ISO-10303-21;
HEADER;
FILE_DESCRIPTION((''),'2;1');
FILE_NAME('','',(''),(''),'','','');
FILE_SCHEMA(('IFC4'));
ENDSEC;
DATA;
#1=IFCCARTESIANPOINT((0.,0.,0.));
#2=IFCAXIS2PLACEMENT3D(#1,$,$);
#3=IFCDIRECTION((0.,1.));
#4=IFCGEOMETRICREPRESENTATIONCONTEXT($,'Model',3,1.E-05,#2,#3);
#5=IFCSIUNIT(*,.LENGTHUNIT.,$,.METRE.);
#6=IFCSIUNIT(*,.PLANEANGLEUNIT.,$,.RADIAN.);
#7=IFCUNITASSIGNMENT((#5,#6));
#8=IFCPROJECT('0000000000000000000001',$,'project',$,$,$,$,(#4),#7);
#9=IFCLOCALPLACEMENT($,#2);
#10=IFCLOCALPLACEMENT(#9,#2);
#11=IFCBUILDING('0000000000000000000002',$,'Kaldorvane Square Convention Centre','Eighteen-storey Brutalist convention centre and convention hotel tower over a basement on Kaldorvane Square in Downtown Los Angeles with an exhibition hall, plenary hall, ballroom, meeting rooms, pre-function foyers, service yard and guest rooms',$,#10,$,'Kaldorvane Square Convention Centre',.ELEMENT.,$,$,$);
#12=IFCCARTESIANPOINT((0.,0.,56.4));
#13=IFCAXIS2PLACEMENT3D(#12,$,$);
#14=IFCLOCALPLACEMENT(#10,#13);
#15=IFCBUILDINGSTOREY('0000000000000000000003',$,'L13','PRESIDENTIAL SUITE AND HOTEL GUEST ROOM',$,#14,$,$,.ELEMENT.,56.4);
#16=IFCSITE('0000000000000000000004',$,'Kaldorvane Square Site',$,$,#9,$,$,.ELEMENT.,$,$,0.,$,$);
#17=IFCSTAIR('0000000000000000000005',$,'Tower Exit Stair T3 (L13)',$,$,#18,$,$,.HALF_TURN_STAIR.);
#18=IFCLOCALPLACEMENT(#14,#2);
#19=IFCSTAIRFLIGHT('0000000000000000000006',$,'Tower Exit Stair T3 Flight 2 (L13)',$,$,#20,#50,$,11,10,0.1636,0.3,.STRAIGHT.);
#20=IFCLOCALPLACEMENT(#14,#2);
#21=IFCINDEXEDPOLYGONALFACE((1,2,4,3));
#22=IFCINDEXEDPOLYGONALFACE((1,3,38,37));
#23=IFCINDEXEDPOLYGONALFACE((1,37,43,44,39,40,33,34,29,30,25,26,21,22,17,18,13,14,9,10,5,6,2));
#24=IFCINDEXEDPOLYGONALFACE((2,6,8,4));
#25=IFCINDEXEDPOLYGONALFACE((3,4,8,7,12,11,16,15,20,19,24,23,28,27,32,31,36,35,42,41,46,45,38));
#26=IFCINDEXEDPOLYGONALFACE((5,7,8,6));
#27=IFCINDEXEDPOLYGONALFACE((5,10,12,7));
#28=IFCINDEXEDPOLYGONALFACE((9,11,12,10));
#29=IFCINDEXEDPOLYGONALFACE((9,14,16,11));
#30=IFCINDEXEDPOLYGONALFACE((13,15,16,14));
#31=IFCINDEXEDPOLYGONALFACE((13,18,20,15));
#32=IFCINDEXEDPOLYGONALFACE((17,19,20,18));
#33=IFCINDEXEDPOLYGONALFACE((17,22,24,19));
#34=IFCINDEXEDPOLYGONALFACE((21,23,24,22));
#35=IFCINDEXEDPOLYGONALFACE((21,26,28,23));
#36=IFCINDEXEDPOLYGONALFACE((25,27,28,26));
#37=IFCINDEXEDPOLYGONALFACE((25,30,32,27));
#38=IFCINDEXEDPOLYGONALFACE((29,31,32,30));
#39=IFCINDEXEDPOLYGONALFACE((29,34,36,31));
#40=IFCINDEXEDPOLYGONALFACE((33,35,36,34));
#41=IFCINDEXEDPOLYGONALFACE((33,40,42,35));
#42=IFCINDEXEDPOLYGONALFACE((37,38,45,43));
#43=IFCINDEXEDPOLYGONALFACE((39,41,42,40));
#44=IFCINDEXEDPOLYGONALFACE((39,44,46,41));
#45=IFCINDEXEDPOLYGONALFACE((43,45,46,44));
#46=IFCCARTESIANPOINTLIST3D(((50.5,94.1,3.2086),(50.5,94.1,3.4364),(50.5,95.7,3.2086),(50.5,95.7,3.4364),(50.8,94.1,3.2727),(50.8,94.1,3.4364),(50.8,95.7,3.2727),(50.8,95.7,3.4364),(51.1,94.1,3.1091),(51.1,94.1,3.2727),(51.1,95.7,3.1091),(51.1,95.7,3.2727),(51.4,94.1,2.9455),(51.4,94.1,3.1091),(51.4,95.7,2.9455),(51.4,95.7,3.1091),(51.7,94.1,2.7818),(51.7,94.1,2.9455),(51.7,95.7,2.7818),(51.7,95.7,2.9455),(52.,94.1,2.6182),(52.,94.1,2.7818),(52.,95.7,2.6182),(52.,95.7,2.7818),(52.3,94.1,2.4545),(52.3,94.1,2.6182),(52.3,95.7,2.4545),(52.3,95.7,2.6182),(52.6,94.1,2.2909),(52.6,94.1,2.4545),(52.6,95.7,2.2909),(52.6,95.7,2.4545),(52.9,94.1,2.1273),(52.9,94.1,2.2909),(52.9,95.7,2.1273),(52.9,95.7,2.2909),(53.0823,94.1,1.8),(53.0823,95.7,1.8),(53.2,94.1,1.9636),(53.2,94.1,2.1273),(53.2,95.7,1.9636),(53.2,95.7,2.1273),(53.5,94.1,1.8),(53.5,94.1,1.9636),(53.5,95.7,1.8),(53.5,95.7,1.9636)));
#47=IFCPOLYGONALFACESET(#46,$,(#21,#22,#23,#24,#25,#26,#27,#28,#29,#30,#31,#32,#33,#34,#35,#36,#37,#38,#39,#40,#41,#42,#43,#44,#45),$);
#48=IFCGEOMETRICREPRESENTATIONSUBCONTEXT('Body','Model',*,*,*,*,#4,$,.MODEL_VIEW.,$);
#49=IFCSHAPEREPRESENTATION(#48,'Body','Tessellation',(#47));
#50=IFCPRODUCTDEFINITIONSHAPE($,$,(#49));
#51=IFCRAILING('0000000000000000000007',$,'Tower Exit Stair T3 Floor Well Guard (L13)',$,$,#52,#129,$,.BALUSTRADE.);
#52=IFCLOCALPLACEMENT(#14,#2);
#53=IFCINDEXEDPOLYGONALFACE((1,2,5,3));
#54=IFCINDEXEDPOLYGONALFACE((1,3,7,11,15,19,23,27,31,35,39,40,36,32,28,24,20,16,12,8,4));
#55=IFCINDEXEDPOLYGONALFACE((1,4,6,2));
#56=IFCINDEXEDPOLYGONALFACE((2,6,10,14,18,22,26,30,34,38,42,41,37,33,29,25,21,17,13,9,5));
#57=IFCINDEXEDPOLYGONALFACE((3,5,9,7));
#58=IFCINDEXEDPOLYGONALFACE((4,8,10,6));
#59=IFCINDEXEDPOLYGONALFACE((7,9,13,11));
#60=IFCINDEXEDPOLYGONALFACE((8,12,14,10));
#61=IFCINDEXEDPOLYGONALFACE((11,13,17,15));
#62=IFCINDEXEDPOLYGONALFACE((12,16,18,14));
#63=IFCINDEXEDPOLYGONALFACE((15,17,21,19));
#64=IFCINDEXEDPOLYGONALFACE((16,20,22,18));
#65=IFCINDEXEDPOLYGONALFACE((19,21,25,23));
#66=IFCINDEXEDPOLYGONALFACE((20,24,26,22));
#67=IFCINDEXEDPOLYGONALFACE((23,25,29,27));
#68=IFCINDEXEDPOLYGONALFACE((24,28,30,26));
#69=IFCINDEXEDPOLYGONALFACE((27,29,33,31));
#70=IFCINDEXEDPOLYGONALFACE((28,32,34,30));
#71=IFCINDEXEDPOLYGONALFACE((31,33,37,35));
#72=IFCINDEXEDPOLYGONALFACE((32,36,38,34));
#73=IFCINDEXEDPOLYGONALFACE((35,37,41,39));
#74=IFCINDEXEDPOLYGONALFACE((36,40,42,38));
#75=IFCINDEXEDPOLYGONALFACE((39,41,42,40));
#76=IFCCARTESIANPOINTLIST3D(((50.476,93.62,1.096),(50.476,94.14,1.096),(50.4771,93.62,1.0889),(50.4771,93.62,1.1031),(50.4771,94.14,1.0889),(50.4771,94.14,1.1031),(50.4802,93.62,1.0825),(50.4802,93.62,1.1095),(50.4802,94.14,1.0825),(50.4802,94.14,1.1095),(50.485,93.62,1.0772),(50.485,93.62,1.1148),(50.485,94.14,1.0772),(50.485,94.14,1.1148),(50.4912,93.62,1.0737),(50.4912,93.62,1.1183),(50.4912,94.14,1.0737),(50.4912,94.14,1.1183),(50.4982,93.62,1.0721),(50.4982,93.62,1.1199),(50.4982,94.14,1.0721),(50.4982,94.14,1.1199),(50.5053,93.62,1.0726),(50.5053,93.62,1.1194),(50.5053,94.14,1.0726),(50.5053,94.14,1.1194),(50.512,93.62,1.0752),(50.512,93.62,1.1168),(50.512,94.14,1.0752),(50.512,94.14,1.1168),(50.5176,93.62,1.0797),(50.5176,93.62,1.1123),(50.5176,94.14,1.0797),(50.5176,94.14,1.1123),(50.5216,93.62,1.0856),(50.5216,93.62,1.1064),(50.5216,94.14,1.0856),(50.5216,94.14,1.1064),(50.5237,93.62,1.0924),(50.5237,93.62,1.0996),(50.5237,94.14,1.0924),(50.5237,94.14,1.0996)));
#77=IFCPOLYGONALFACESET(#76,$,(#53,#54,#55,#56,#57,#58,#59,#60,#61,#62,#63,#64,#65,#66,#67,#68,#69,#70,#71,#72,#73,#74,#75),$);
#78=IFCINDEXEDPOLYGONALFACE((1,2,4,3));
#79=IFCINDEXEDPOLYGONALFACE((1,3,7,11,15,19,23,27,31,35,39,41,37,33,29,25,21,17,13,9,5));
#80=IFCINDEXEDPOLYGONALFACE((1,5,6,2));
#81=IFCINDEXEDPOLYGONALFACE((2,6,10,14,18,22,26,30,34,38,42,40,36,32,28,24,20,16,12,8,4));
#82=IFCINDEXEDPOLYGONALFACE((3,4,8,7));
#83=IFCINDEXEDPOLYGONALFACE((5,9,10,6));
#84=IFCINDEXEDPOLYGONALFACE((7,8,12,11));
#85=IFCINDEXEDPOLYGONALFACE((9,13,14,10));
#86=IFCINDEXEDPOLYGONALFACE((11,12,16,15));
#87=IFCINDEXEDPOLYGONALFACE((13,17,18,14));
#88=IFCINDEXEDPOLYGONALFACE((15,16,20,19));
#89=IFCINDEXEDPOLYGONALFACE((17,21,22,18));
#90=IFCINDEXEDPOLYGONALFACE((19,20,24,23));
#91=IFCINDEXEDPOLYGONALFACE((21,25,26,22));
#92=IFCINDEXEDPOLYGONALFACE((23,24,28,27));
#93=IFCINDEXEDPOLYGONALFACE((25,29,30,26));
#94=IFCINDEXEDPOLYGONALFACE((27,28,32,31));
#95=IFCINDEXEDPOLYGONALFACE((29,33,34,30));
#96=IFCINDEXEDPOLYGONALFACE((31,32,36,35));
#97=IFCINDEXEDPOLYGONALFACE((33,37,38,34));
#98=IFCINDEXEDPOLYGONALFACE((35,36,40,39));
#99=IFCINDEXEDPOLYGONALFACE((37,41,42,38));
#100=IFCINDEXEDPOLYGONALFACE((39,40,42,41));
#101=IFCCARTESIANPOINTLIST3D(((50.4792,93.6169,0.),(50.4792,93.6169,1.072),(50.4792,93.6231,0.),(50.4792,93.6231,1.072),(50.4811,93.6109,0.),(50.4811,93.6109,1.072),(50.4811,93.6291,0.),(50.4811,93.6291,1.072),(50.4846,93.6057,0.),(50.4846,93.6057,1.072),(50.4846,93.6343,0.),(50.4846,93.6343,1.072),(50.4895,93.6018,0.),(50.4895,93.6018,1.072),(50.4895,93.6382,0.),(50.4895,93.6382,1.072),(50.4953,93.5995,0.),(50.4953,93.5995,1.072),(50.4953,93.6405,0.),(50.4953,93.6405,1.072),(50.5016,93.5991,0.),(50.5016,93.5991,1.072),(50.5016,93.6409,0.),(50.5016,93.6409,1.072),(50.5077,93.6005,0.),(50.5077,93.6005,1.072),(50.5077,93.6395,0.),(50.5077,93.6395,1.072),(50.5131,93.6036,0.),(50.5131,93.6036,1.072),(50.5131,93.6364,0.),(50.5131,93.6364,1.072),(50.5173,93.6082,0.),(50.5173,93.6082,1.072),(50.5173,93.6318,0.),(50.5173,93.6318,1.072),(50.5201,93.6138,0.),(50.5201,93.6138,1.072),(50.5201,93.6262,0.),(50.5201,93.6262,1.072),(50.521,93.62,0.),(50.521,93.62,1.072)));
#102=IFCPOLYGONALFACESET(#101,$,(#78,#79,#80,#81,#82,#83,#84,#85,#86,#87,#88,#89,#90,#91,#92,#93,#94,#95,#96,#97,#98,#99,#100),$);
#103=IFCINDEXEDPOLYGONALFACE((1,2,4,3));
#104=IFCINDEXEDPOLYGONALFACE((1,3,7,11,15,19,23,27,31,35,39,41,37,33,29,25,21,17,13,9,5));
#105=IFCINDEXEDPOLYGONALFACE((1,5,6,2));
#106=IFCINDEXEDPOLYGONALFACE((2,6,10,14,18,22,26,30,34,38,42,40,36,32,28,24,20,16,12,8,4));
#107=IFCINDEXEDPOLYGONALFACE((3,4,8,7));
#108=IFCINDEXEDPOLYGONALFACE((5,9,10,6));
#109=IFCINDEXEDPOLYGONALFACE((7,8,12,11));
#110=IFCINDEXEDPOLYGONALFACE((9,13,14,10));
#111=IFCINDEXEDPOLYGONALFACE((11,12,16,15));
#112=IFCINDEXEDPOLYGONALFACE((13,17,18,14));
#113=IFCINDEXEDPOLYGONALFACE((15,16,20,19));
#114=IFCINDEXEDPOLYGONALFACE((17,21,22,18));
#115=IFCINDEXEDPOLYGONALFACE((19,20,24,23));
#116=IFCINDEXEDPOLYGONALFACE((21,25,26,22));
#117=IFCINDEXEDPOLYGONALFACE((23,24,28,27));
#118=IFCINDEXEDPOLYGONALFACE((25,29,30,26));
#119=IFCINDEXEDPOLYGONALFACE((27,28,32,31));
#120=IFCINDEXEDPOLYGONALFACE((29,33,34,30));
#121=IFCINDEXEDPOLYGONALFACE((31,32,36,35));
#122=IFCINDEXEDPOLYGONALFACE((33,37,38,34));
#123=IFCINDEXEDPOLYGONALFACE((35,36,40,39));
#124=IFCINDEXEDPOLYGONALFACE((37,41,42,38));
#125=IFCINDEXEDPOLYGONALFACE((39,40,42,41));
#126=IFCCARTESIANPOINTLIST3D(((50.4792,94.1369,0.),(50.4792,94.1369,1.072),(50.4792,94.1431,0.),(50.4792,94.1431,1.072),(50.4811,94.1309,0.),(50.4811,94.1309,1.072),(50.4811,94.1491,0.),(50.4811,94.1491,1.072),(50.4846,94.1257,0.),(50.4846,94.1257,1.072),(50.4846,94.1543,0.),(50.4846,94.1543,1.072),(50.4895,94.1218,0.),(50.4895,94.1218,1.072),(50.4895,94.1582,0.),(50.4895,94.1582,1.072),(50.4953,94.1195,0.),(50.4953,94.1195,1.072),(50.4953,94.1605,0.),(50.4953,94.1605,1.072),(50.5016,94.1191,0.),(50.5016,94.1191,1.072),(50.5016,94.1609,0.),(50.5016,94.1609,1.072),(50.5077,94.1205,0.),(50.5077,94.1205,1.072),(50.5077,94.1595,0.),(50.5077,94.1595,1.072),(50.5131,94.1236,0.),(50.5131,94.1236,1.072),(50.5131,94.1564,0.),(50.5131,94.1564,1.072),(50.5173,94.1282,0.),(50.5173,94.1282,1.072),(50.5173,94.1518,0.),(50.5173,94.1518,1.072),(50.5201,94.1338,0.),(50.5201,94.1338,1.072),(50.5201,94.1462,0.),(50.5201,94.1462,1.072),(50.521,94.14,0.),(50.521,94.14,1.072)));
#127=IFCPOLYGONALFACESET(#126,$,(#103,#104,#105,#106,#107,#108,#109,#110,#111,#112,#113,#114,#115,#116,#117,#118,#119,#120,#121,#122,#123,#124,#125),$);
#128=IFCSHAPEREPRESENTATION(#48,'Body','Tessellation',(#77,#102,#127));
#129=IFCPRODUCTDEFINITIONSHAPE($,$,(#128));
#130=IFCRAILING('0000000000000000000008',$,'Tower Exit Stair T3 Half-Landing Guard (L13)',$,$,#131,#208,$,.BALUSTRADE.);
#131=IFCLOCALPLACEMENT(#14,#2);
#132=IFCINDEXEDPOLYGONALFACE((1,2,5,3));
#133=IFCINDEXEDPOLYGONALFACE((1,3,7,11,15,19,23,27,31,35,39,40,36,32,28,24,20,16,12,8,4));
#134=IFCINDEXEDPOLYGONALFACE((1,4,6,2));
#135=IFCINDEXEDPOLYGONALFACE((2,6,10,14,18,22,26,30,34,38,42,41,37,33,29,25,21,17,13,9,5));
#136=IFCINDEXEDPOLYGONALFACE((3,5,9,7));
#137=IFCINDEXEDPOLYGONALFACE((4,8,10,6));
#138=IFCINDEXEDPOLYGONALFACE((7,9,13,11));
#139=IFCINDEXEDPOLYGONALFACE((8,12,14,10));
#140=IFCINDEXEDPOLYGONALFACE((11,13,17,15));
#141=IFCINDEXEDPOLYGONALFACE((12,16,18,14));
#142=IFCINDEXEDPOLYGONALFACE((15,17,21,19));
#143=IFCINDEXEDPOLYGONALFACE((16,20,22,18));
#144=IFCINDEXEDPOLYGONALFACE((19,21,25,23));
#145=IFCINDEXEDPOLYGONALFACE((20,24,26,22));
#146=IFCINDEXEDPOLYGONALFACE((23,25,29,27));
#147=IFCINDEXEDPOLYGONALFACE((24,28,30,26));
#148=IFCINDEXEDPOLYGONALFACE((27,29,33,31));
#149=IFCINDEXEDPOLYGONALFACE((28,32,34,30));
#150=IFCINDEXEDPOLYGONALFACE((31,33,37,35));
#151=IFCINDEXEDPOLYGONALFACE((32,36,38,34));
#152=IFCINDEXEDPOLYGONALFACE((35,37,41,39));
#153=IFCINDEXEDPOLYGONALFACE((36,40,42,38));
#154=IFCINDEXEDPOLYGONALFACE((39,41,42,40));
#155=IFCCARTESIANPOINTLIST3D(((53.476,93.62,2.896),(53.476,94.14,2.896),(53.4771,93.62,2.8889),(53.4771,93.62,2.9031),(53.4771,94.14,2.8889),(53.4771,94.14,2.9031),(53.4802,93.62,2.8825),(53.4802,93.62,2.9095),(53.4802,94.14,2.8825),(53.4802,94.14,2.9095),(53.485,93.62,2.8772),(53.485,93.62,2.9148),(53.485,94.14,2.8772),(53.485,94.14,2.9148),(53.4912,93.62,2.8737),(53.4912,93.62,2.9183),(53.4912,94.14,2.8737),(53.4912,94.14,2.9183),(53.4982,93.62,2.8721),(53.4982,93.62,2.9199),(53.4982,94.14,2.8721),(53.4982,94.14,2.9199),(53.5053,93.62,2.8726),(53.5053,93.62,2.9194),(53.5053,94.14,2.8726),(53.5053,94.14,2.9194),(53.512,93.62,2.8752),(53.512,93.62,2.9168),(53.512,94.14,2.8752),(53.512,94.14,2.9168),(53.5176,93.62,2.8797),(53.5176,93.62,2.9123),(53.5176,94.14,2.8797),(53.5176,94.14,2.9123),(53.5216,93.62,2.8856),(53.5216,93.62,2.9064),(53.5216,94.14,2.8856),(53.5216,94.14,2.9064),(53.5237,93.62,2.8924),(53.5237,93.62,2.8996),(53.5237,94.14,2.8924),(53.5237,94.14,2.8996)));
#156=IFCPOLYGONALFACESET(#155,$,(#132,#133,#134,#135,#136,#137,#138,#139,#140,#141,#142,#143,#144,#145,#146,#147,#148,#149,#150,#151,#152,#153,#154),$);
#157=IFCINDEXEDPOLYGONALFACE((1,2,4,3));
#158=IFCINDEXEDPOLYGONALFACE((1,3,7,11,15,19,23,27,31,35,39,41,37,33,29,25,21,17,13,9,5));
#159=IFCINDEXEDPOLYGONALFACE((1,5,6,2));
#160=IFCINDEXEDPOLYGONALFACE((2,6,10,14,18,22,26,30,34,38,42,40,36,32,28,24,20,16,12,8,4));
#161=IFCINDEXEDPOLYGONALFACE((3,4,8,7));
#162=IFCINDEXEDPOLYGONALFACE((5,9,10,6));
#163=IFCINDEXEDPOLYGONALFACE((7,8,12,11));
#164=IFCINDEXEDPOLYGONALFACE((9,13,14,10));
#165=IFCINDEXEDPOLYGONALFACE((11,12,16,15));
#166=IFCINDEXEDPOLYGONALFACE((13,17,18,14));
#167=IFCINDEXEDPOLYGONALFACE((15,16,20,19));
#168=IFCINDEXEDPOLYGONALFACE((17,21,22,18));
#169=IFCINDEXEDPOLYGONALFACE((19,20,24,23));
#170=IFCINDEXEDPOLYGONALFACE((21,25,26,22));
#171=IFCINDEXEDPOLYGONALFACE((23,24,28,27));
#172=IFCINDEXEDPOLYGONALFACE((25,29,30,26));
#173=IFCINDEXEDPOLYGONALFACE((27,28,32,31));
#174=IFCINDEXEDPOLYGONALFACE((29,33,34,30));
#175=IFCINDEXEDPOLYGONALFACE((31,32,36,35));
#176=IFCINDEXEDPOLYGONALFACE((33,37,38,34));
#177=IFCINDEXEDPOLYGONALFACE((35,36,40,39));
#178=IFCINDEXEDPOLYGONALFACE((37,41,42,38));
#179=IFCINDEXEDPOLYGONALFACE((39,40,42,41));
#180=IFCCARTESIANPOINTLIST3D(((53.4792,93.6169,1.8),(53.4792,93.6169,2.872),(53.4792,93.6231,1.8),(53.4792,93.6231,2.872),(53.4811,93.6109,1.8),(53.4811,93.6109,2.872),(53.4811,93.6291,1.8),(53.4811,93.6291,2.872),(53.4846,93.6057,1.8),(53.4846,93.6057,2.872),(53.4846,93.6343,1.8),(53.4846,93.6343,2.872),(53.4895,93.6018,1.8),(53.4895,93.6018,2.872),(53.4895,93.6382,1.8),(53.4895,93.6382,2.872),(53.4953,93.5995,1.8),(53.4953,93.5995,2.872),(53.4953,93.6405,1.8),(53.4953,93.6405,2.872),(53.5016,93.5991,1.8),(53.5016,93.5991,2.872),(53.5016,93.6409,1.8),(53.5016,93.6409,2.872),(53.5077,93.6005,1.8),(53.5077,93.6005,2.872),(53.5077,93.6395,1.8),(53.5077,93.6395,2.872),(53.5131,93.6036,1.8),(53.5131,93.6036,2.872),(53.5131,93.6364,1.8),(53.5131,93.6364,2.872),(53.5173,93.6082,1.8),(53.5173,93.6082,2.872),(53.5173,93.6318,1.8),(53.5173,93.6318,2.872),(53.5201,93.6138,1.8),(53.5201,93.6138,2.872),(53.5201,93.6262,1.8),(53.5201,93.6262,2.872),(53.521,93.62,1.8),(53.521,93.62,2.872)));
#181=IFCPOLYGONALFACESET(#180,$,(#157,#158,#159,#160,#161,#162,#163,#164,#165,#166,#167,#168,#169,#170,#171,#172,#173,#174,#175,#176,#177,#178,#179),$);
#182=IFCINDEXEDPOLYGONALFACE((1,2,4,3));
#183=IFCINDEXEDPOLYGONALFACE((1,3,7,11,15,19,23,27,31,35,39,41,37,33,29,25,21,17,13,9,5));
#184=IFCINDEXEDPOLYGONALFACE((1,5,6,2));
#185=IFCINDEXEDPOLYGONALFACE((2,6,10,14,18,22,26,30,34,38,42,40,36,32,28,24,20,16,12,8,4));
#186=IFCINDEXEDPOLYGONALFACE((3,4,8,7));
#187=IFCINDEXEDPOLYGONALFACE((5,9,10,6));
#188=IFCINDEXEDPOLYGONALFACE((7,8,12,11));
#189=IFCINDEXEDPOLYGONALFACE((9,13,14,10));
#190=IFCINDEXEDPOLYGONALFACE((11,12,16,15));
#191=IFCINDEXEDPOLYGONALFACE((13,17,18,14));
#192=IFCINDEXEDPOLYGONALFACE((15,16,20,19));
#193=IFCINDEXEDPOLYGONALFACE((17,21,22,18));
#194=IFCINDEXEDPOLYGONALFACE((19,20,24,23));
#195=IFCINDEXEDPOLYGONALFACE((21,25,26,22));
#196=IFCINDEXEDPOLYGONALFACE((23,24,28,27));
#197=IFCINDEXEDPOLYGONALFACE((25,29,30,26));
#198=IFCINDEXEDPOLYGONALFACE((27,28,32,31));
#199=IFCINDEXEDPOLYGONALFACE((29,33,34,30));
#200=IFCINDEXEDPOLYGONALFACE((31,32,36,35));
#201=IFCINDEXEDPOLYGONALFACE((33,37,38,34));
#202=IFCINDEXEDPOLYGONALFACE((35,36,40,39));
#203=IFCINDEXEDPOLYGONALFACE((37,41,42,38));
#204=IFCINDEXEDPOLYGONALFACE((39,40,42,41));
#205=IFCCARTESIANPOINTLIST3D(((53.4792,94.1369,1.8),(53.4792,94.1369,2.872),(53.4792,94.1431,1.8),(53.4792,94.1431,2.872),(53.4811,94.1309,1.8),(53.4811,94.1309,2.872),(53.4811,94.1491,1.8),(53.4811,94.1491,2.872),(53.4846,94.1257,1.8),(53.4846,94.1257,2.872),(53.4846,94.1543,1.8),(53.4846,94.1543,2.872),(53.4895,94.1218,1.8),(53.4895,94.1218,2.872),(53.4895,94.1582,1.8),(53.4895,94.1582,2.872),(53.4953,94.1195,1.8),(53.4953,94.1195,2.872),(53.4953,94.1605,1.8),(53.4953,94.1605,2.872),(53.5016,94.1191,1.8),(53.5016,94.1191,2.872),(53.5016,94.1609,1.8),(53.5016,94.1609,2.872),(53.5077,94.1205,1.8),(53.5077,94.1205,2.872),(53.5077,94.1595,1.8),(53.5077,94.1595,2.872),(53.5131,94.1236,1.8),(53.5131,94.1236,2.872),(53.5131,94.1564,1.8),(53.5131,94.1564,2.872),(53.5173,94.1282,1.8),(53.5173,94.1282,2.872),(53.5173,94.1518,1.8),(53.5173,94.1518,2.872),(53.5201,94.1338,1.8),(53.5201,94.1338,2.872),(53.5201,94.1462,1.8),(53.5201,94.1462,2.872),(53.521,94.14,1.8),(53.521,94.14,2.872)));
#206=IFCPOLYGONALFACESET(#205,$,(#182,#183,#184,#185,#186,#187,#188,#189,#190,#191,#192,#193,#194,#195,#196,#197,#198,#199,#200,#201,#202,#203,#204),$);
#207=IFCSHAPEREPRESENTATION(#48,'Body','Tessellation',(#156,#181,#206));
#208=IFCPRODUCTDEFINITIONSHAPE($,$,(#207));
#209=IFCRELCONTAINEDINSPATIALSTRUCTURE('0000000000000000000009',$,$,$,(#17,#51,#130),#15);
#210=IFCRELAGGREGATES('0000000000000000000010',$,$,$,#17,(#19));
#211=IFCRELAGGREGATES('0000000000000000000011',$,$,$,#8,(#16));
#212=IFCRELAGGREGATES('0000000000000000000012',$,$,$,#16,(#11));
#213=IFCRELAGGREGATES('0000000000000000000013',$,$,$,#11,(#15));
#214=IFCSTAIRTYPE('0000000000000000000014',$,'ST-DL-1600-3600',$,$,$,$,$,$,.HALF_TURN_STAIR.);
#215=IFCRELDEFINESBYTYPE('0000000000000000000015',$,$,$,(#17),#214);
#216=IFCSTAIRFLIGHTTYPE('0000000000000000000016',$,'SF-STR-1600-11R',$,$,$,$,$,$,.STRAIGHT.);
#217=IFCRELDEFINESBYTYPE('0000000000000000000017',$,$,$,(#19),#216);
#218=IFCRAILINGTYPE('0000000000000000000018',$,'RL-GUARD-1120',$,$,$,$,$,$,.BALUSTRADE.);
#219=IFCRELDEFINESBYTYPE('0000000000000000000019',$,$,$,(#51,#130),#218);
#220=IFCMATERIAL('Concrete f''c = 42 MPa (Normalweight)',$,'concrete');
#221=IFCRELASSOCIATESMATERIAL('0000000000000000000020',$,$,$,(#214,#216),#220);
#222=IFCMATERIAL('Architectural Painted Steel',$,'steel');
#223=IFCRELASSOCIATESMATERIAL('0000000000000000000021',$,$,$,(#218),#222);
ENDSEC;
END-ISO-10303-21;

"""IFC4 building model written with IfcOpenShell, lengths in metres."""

from ifc_helpers import new_model, si_unit, direction, frame, origin, origin_2d, place, context, subcontext, project, spatial, polyline, circle, outline, extrude, material, type_object, element, aggregate, save


model = new_model("IFC4")

# Units and contexts
model_context = context("Model", 3, precision=1e-05, world=origin(), true_north=direction((0.0, 1.0)))
body_context = subcontext(model_context, "Body", "Model", "MODEL_VIEW")
ifc_project = project(units=[si_unit("LENGTHUNIT", "METRE"), si_unit("PLANEANGLEUNIT", "RADIAN")], contexts=[model_context])

# Site, building, storey
site_placement = place(None, origin())
site = spatial("IfcSite", under=ifc_project, at=site_placement, Name="Kaldorvane Square Site", CompositionType="ELEMENT", RefElevation=0.0)
building_placement = place(site_placement, origin())
building = spatial("IfcBuilding", under=site, at=building_placement, Name="Kaldorvane Square Convention Centre", Description="Eighteen-storey Brutalist convention centre and convention hotel tower over a basement on Kaldorvane Square in Downtown Los Angeles with an exhibition hall, plenary hall, ballroom, meeting rooms, pre-function foyers, service yard and guest rooms", LongName="Kaldorvane Square Convention Centre", CompositionType="ELEMENT")
storey_placement = place(building_placement, frame((0.0, 0.0, 56.4)))
storey = spatial("IfcBuildingStorey", under=building, at=storey_placement, Name="L13", Description="PRESIDENTIAL SUITE AND HOTEL GUEST ROOM", CompositionType="ELEMENT", Elevation=56.4)

# Stair, stair flight
ifc_material_1 = material(Name="Concrete f'c = 42 MPa (Normalweight)", Category="concrete")
stair_type = type_object("IfcStairType", Name="ST-DL-1600-3600", PredefinedType="HALF_TURN_STAIR", material=ifc_material_1)
stair_flight_type = type_object("IfcStairFlightType", Name="SF-STR-1600-11R", PredefinedType="STRAIGHT", material=ifc_material_1)
stair_1_placement = place(storey_placement, origin())
stair_1 = element("IfcStair", 1, at=stair_1_placement, inside=storey, type_object=stair_type, Name="Tower Exit Stair T3 (L13)", PredefinedType="HALF_TURN_STAIR")
stair_flight_1_placement = place(storey_placement, frame((53.5, 94.9, 1.8), z_axis=(0.0, 0.0, 1.0), x_axis=(-1.0, 0.0, 0.0)))
stair_flight_1 = element("IfcStairFlight", 2, at=stair_flight_1_placement, type_object=stair_flight_type, Name="Tower Exit Stair T3 Flight 2 (L13)", NumberOfRisers=11, NumberOfTreads=10, PredefinedType="STRAIGHT", RiserHeight=0.1636, TreadLength=0.3, context=body_context, shape_type="SweptSolid", body=[
    extrude(outline(polyline([(0.0, 0.0), (0.0, 0.1636), (0.3, 0.1636), (0.3, 0.3273), (0.6, 0.3273), (0.6, 0.4909), (0.9, 0.4909), (0.9, 0.6545), (1.2, 0.6545), (1.2, 0.8182), (1.5, 0.8182), (1.5, 0.9818), (1.8, 0.9818), (1.8, 1.1455), (2.1, 1.1455), (2.1, 1.3091), (2.4, 1.3091), (2.4, 1.4727), (2.7, 1.4727), (2.7, 1.6364), (3.0, 1.6364), (3.0, 1.8), (3.0, 1.4086), (0.4177, 0.0), (0.0, 0.0)])), frame((0.0, 0.8, 0.0), z_axis=(0.0, -1.0, 0.0), x_axis=(1.0, 0.0, 0.0)), (0.0, 0.0, 1.0), 1.6),
])
aggregate(stair_1, [stair_flight_1])

# Railings
ifc_material_2 = material(Name="Architectural Painted Steel", Category="steel")
railing_type_1 = type_object("IfcRailingType", Name="RL-GUARD-1120", PredefinedType="BALUSTRADE", material=ifc_material_2)
for number, where, name in (
    (3, (50.5, 93.62, 0.0), "Tower Exit Stair T3 Floor Well Guard (L13)"),
    (4, (53.5, 93.62, 1.8), "Tower Exit Stair T3 Half-Landing Guard (L13)"),
):
    element("IfcRailing", number, at=place(storey_placement, frame(where)), inside=storey, type_object=railing_type_1, Name=name, PredefinedType="BALUSTRADE", context=body_context, shape_type="SweptSolid", body=[
        extrude(circle(Radius=0.024, at=origin_2d()), frame((0.0, 0.0, 1.096), z_axis=(0.0, 1.0, 0.0), x_axis=(-1.0, 0.0, 0.0)), (0.0, 0.0, 1.0), 0.52),
        extrude(circle(Radius=0.021, at=origin_2d()), origin(), (0.0, 0.0, 1.0), 1.072),
        extrude(circle(Radius=0.021, at=origin_2d()), frame((0.0, 0.52, 0.0)), (0.0, 0.0, 1.0), 1.072),
    ])

save(model, "model.ifc")
